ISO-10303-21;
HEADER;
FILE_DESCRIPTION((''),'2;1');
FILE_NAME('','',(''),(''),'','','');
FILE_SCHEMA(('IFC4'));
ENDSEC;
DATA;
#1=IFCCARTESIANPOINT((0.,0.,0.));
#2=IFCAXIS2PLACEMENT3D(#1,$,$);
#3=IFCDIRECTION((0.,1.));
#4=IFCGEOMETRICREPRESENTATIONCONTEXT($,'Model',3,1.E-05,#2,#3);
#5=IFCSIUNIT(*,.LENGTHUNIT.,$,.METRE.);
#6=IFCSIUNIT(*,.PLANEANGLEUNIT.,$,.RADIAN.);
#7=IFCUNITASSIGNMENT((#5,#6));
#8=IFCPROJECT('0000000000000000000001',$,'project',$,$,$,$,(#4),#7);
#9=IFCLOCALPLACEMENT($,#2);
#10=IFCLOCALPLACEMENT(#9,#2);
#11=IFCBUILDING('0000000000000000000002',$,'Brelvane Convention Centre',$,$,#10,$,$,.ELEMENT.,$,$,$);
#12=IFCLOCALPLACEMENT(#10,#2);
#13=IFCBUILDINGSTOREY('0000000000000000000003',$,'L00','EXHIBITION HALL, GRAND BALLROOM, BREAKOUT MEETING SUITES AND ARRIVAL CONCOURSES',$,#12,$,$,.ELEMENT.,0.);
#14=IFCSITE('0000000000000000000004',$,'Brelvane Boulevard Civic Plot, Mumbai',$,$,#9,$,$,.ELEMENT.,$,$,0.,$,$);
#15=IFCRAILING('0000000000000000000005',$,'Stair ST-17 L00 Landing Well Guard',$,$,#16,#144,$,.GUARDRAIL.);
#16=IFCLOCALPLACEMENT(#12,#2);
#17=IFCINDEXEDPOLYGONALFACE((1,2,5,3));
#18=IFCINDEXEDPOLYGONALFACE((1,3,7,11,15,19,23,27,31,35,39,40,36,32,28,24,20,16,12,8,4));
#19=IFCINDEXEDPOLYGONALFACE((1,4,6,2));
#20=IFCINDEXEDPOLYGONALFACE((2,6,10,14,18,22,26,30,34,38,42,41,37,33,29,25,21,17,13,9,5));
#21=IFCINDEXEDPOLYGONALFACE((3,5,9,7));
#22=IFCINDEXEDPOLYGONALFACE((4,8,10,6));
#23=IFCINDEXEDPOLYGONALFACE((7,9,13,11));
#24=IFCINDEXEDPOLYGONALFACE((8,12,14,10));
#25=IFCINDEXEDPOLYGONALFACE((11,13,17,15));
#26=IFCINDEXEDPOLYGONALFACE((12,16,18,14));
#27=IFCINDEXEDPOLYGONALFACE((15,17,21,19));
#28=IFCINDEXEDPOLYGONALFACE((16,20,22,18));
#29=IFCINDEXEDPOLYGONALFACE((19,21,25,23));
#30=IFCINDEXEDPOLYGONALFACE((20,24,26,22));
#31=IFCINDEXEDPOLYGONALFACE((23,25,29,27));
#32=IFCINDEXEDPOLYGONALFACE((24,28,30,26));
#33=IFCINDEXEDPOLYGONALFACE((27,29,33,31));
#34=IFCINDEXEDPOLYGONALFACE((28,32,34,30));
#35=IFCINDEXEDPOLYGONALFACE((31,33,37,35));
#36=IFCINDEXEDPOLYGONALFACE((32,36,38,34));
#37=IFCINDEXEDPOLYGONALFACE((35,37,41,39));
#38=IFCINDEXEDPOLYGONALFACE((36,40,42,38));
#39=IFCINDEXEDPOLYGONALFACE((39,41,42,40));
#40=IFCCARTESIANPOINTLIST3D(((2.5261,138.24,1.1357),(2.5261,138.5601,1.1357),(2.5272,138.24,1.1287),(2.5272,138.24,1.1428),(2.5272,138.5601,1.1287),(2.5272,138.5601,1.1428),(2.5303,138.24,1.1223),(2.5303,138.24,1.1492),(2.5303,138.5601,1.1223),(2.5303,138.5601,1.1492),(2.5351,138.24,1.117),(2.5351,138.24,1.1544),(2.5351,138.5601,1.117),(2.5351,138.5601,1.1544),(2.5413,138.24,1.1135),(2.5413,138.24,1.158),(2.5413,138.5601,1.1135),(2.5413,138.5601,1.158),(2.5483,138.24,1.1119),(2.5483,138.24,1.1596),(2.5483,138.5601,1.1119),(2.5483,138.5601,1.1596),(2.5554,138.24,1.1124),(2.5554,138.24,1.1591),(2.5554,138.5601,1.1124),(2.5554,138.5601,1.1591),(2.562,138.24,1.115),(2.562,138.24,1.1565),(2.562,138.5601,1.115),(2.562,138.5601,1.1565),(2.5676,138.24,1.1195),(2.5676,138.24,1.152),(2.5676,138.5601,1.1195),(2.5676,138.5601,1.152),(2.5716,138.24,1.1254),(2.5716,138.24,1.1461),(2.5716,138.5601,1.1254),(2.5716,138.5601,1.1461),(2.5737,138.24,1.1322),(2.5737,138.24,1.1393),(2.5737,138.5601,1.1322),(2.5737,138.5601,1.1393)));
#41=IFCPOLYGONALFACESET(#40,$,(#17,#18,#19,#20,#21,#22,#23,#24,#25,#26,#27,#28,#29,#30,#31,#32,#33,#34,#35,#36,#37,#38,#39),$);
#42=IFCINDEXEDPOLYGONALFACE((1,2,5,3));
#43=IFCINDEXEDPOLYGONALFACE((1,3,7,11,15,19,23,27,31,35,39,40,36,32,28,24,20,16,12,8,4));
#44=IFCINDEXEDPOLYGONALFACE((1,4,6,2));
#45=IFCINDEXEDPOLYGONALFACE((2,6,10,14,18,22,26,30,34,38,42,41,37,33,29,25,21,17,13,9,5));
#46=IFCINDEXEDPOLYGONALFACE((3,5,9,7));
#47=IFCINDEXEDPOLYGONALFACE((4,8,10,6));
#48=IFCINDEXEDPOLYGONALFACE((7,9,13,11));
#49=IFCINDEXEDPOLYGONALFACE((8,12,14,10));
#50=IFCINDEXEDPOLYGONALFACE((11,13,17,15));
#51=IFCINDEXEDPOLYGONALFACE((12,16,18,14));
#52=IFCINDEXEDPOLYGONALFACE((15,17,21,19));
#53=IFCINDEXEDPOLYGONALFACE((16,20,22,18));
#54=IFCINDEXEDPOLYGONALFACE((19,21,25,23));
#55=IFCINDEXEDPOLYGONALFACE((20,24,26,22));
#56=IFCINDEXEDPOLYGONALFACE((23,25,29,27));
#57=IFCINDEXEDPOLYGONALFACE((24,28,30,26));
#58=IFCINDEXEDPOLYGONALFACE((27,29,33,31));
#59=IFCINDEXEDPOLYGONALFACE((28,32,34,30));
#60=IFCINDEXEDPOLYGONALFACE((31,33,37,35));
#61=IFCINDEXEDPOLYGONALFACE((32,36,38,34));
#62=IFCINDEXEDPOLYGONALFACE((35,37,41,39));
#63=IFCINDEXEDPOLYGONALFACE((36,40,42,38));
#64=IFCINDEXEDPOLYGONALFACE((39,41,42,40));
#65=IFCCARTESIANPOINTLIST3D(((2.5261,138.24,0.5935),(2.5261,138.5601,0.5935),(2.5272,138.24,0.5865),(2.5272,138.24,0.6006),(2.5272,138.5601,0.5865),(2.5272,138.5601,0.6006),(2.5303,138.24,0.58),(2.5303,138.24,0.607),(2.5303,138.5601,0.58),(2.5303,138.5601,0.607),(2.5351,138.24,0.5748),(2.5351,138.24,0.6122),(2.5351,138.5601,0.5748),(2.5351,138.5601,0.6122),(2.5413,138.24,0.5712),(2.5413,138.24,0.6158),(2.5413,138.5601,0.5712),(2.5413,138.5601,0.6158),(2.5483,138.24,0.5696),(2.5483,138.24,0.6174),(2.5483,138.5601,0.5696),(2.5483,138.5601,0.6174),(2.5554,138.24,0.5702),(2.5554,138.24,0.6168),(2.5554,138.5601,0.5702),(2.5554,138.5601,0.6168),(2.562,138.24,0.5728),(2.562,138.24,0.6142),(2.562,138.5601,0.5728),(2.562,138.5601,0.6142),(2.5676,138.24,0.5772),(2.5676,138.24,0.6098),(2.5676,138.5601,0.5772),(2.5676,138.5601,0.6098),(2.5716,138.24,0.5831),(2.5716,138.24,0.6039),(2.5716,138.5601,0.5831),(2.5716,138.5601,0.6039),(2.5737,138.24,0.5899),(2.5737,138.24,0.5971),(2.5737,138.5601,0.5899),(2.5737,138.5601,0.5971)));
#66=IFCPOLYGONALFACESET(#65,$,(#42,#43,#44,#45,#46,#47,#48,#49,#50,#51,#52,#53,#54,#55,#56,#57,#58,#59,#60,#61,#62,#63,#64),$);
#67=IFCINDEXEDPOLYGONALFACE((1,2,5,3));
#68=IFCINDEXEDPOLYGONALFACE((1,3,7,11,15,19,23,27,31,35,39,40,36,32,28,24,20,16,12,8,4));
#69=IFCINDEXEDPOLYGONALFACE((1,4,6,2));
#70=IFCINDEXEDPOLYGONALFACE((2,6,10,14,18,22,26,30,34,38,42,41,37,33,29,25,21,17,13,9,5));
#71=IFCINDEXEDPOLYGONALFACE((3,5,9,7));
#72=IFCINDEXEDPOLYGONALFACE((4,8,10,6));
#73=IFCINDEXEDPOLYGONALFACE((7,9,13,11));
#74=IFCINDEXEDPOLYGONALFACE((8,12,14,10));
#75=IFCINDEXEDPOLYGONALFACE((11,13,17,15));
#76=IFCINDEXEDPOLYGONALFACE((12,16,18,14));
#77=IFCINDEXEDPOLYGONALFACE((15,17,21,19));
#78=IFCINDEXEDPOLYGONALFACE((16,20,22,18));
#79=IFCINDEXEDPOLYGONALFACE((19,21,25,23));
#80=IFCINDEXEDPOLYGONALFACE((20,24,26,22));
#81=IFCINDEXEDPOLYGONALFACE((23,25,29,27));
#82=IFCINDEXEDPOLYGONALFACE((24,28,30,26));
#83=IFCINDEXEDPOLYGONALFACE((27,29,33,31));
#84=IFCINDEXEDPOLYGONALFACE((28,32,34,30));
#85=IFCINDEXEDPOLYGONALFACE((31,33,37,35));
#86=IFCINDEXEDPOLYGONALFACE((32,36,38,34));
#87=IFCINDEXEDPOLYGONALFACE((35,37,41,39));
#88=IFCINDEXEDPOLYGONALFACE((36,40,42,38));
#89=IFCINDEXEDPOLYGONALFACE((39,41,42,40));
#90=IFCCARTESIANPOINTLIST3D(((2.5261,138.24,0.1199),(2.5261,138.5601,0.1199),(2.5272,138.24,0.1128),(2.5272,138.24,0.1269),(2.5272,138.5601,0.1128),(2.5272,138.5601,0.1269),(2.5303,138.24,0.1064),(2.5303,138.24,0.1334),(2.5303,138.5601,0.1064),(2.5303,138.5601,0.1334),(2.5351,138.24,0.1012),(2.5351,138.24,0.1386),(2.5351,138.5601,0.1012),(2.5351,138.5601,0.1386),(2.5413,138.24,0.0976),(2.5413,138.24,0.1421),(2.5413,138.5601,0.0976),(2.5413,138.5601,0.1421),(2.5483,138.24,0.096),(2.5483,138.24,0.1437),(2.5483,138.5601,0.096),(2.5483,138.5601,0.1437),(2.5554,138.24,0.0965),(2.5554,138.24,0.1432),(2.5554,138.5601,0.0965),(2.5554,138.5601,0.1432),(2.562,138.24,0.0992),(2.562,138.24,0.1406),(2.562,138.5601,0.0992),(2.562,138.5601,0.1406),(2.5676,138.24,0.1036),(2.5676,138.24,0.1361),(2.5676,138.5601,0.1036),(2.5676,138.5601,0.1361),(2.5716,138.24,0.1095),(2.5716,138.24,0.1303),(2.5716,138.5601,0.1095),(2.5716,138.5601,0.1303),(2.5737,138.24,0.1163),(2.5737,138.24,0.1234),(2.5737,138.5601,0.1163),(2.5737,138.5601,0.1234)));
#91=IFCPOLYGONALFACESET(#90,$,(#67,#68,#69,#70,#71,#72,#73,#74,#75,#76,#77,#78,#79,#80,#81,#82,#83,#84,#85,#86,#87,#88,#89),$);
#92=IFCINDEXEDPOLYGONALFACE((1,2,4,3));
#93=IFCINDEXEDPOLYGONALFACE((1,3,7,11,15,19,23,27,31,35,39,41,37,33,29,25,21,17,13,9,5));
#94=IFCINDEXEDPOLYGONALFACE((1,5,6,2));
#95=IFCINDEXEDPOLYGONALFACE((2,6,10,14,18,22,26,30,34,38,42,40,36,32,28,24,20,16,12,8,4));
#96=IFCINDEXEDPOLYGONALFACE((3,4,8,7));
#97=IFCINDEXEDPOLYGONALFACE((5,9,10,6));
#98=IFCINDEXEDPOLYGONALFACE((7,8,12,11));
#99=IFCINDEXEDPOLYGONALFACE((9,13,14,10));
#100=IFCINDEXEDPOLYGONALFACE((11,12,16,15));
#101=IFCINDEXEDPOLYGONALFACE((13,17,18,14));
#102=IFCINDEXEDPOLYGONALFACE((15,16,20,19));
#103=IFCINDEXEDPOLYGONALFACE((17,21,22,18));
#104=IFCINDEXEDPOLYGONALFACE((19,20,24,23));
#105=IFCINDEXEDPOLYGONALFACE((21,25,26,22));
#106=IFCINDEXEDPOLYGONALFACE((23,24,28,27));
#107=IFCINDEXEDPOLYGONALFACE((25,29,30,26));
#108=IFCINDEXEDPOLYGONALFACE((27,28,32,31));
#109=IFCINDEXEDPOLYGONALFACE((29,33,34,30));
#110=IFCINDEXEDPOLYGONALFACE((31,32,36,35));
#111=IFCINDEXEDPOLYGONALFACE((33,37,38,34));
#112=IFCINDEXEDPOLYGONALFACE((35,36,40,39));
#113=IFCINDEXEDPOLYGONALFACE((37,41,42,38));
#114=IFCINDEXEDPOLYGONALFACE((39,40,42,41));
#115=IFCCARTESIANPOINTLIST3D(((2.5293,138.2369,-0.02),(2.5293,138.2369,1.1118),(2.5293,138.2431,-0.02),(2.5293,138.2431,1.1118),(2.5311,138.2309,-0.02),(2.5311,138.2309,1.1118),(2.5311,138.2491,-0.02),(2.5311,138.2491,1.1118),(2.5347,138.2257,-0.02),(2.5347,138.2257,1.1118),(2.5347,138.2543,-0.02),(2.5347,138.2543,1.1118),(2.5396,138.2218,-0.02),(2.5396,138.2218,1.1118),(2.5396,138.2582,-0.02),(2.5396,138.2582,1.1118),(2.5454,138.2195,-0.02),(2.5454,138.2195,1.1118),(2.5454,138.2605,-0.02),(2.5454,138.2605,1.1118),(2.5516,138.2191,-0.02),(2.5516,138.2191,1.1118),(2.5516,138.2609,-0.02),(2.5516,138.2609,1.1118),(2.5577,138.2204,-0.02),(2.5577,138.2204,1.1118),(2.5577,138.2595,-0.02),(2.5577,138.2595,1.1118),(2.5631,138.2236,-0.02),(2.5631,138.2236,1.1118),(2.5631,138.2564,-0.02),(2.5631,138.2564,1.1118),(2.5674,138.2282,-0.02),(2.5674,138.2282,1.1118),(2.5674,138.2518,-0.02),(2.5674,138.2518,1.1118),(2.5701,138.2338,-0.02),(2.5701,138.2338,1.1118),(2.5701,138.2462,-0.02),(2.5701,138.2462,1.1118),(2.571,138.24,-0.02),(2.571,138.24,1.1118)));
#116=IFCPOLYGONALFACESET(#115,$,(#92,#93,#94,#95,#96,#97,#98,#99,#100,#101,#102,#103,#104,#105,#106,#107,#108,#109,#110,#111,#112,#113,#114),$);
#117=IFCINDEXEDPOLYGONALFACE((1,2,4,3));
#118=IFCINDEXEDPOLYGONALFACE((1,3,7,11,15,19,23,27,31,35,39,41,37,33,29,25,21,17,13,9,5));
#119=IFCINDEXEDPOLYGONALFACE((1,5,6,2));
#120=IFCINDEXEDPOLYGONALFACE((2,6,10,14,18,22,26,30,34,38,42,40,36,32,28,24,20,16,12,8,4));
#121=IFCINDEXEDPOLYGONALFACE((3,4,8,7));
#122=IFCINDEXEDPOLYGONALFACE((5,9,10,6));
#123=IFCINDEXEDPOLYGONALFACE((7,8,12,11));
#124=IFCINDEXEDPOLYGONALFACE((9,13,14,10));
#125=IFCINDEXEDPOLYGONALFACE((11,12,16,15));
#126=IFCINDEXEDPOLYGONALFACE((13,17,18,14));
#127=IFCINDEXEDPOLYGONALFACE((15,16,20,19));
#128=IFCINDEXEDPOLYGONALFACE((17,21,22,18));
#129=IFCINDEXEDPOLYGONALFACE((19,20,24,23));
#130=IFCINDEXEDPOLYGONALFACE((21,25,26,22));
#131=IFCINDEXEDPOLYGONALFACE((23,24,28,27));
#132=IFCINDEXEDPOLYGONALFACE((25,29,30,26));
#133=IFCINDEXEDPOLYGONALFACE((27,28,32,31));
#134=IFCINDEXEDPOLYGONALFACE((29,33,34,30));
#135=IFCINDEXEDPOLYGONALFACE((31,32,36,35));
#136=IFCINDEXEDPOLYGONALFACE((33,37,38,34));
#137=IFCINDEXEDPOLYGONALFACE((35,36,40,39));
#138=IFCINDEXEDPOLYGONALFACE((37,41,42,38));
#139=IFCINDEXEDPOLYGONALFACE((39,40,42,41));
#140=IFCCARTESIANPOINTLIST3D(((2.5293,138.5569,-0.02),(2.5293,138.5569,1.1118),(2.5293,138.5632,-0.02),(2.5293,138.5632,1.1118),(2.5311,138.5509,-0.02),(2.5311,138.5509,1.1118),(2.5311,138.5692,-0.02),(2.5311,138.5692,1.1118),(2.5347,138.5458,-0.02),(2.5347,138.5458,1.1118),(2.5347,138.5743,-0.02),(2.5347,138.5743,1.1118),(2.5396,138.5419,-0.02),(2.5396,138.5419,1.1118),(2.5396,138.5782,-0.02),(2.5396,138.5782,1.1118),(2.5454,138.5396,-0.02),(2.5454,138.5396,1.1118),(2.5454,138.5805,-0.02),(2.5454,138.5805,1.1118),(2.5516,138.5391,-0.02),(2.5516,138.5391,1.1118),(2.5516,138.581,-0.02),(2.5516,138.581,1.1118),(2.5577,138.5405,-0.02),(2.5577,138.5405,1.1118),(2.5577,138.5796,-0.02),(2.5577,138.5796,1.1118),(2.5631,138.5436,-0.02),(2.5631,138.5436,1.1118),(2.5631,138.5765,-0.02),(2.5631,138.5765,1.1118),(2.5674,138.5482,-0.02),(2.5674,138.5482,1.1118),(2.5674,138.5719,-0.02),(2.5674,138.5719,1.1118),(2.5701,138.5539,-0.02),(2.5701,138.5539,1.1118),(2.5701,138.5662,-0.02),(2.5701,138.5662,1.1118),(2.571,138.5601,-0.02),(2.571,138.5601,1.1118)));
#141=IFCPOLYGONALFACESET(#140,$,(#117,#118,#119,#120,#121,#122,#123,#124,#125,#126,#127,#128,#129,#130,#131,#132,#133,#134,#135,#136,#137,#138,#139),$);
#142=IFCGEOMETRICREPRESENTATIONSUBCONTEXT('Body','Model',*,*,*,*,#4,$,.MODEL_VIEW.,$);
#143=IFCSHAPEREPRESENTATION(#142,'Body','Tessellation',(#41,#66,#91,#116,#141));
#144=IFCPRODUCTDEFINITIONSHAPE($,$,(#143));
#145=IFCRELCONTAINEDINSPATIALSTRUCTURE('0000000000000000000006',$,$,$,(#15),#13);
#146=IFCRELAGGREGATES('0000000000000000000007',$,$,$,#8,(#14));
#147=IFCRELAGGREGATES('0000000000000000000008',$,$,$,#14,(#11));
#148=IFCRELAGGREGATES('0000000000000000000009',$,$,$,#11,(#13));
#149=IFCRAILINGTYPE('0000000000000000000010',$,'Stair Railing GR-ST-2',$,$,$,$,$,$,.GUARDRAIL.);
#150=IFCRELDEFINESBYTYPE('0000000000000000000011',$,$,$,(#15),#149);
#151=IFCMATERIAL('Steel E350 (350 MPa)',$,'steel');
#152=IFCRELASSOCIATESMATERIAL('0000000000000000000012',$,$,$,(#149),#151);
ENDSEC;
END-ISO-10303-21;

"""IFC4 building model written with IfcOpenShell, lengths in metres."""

from ifc_helpers import new_model, si_unit, direction, frame, origin, origin_2d, place, context, subcontext, project, spatial, circle, extrude, material, type_object, element, save


model = new_model("IFC4")

# Units and contexts
model_context = context("Model", 3, precision=1e-05, world=origin(), true_north=direction((0.0, 1.0)))
body_context = subcontext(model_context, "Body", "Model", "MODEL_VIEW")
ifc_project = project(units=[si_unit("LENGTHUNIT", "METRE"), si_unit("PLANEANGLEUNIT", "RADIAN")], contexts=[model_context])

# Site, building, storey
site_placement = place(None, origin())
site = spatial("IfcSite", under=ifc_project, at=site_placement, Name="Brelvane Boulevard Civic Plot, Mumbai", CompositionType="ELEMENT", RefElevation=0.0)
building_placement = place(site_placement, origin())
building = spatial("IfcBuilding", under=site, at=building_placement, Name="Brelvane Convention Centre", CompositionType="ELEMENT")
storey_placement = place(building_placement, origin())
storey = spatial("IfcBuildingStorey", under=building, at=storey_placement, Name="L00", Description="EXHIBITION HALL, GRAND BALLROOM, BREAKOUT MEETING SUITES AND ARRIVAL CONCOURSES", CompositionType="ELEMENT", Elevation=0.0)

# Railing
ifc_material_1 = material(Name="Steel E350 (350 MPa)", Category="steel")
railing_type_1 = type_object("IfcRailingType", Name="Stair Railing GR-ST-2", PredefinedType="GUARDRAIL", material=ifc_material_1)
railing_1_placement = place(storey_placement, frame((2.55, 138.24, -0.02)))
element("IfcRailing", 1, at=railing_1_placement, inside=storey, type_object=railing_type_1, Name="Stair ST-17 L00 Landing Well Guard", PredefinedType="GUARDRAIL", context=body_context, shape_type="SweptSolid", body=[
    extrude(circle(Radius=0.0239, at=origin_2d()), frame((0.0, 0.0, 1.1558), z_axis=(0.0, 1.0, 0.0), x_axis=(-1.0, 0.0, 0.0)), (0.0, 0.0, 1.0), 0.3201),
    extrude(circle(Radius=0.0239, at=origin_2d()), frame((0.0, 0.0, 0.6135), z_axis=(0.0, 1.0, 0.0), x_axis=(-1.0, 0.0, 0.0)), (0.0, 0.0, 1.0), 0.3201),
    extrude(circle(Radius=0.0239, at=origin_2d()), frame((0.0, 0.0, 0.1399), z_axis=(0.0, 1.0, 0.0), x_axis=(-1.0, 0.0, 0.0)), (0.0, 0.0, 1.0), 0.3201),
    extrude(circle(Radius=0.021, at=origin_2d()), origin(), (0.0, 0.0, 1.0), 1.1318),
    extrude(circle(Radius=0.021, at=origin_2d()), frame((0.0, 0.3201, 0.0)), (0.0, 0.0, 1.0), 1.1318),
])

save(model, "model.ifc")
